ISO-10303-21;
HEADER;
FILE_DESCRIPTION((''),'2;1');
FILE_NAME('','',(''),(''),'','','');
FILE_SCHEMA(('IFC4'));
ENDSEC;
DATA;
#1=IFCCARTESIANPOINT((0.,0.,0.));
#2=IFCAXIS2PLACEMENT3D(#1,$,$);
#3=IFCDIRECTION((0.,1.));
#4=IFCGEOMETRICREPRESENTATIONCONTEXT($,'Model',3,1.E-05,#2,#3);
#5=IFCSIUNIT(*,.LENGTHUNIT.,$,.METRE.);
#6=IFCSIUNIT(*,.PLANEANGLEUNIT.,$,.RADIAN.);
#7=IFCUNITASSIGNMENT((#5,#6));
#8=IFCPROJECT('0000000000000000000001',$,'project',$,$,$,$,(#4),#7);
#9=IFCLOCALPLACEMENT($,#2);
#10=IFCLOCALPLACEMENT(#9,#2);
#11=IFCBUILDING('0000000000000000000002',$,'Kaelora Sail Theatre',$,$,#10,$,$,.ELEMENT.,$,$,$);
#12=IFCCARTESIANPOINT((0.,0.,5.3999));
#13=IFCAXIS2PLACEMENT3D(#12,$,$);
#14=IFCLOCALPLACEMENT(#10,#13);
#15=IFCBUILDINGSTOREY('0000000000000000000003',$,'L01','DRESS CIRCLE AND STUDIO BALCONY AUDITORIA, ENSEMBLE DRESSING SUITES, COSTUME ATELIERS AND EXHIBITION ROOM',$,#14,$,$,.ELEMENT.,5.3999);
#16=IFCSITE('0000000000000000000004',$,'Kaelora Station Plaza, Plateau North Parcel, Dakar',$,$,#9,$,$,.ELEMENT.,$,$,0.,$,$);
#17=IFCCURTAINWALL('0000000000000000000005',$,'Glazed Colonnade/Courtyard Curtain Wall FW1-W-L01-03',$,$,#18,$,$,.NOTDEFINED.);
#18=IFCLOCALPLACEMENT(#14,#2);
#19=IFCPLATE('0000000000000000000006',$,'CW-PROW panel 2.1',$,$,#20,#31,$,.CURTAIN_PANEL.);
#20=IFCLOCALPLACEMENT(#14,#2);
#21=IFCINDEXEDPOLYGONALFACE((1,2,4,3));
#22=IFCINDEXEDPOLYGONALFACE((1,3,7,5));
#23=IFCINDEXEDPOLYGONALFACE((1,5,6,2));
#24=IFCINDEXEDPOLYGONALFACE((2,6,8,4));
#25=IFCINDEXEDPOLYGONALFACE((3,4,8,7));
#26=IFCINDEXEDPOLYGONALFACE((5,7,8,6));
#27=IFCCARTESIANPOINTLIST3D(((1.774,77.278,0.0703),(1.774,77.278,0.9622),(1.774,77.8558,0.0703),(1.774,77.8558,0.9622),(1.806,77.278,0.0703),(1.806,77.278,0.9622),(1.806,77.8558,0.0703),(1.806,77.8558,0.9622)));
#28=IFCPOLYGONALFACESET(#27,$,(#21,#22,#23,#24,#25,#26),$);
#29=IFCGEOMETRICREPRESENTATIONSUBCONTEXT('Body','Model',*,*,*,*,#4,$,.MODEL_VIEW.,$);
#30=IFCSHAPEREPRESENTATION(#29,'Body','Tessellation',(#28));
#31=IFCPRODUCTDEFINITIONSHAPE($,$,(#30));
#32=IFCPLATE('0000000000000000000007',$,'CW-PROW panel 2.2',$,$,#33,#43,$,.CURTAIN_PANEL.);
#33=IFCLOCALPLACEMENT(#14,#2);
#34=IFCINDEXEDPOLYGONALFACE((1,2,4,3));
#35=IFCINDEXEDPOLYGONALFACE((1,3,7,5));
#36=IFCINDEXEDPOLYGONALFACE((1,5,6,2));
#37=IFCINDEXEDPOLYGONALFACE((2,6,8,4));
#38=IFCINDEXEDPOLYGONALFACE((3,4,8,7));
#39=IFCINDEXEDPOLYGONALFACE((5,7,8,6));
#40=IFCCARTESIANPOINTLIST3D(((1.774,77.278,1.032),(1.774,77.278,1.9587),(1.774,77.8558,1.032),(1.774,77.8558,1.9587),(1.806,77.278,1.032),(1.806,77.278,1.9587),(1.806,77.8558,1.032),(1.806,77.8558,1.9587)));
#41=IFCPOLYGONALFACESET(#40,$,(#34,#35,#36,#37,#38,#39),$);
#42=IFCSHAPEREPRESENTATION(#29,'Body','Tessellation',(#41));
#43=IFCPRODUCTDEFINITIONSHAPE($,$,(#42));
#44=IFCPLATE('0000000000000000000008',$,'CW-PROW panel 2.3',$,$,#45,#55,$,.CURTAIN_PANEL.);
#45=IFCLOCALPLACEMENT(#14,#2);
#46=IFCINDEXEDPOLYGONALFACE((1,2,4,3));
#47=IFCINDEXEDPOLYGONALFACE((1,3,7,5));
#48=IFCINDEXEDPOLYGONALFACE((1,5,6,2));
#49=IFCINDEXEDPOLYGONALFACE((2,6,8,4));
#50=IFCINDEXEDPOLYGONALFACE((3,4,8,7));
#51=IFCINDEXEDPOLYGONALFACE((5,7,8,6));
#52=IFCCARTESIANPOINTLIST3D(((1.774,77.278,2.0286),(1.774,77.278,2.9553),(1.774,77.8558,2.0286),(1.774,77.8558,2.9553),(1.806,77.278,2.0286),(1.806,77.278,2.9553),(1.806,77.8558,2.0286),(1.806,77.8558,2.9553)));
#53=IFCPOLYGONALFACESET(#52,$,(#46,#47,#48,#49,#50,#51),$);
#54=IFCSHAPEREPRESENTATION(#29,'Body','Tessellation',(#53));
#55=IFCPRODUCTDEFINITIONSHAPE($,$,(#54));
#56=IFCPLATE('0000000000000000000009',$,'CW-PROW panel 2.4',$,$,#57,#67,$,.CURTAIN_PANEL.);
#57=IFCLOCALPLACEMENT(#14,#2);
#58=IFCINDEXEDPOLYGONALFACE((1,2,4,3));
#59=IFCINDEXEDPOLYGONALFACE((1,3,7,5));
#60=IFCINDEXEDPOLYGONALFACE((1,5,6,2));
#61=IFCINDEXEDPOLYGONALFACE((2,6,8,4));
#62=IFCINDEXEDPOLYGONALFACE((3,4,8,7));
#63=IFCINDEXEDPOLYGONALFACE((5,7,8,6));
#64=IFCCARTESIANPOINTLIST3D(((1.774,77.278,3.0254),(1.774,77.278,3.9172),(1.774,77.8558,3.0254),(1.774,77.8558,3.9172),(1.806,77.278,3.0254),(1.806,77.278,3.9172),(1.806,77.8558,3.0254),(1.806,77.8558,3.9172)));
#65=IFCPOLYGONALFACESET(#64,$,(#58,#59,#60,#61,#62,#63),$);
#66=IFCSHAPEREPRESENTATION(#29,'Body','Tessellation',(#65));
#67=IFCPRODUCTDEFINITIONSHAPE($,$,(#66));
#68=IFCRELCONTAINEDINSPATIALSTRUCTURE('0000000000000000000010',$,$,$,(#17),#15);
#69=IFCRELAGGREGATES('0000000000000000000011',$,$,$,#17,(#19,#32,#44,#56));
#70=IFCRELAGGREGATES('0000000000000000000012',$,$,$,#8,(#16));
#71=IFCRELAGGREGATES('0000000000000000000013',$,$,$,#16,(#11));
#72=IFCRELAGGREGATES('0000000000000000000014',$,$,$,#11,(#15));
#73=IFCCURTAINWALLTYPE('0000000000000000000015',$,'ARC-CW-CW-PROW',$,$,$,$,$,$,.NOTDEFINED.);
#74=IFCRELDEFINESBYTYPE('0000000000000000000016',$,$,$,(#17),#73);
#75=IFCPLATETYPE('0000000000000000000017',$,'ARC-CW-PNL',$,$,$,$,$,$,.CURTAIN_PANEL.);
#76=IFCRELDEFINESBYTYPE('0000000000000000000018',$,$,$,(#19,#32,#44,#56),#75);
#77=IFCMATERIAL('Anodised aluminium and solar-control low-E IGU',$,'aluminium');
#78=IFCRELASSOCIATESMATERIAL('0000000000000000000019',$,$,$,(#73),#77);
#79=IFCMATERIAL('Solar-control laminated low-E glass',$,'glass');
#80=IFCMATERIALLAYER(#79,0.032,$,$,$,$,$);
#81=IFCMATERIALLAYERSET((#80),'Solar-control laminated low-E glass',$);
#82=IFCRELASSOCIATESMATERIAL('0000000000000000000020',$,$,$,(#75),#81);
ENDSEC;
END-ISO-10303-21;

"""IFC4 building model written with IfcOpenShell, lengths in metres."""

from ifc_helpers import new_model, si_unit, direction, frame, origin, origin_2d, place, context, subcontext, project, spatial, rectangle, extrude, material, layer, layer_set, type_object, element, aggregate, save


model = new_model("IFC4")

# Units and contexts
model_context = context("Model", 3, precision=1e-05, world=origin(), true_north=direction((0.0, 1.0)))
body_context = subcontext(model_context, "Body", "Model", "MODEL_VIEW")
ifc_project = project(units=[si_unit("LENGTHUNIT", "METRE"), si_unit("PLANEANGLEUNIT", "RADIAN")], contexts=[model_context])

# Site, building, storey
site_placement = place(None, origin())
site = spatial("IfcSite", under=ifc_project, at=site_placement, Name="Kaelora Station Plaza, Plateau North Parcel, Dakar", CompositionType="ELEMENT", RefElevation=0.0)
building_placement = place(site_placement, origin())
building = spatial("IfcBuilding", under=site, at=building_placement, Name="Kaelora Sail Theatre", CompositionType="ELEMENT")
storey_placement = place(building_placement, frame((0.0, 0.0, 5.3999)))
storey = spatial("IfcBuildingStorey", under=building, at=storey_placement, Name="L01", Description="DRESS CIRCLE AND STUDIO BALCONY AUDITORIA, ENSEMBLE DRESSING SUITES, COSTUME ATELIERS AND EXHIBITION ROOM", CompositionType="ELEMENT", Elevation=5.3999)

# Shared definitions
ifc_material_1 = material(Name="Anodised aluminium and solar-control low-E IGU", Category="aluminium")
curtain_wall_type = type_object("IfcCurtainWallType", Name="ARC-CW-CW-PROW", PredefinedType="NOTDEFINED", material=ifc_material_1)

# Curtain wall
curtain_wall_1_placement = place(storey_placement, origin())
curtain_wall_1 = element("IfcCurtainWall", 1, at=curtain_wall_1_placement, inside=storey, type_object=curtain_wall_type, Name="Glazed Colonnade/Courtyard Curtain Wall FW1-W-L01-03", PredefinedType="NOTDEFINED")

# Plates
ifc_material_2 = material(Name="Solar-control laminated low-E glass", Category="glass")
ifc_layer = layer(ifc_material_2, 0.032)
ifc_layer_set = layer_set([ifc_layer], Name="Solar-control laminated low-E glass")
plate_type = type_object("IfcPlateType", Name="ARC-CW-PNL", PredefinedType="CURTAIN_PANEL", material=ifc_layer_set)
plate_1_placement = place(storey_placement, frame((1.79, 77.5669, 0.0703), z_axis=(0.0, 0.0, 1.0), x_axis=(0.0, 1.0, 0.0)))
plate_1 = element("IfcPlate", 2, at=plate_1_placement, type_object=plate_type, Name="CW-PROW panel 2.1", PredefinedType="CURTAIN_PANEL", context=body_context, shape_type="SweptSolid", body=[
    extrude(rectangle(XDim=0.5779, YDim=0.032, at=origin_2d()), origin(), (0.0, 0.0, 1.0), 0.8918),
])
plate_2_placement = place(storey_placement, frame((1.79, 77.5669, 1.032), z_axis=(0.0, 0.0, 1.0), x_axis=(0.0, 1.0, 0.0)))
plate_2 = element("IfcPlate", 3, at=plate_2_placement, type_object=plate_type, Name="CW-PROW panel 2.2", PredefinedType="CURTAIN_PANEL", context=body_context, shape_type="SweptSolid", body=[
    extrude(rectangle(XDim=0.5779, YDim=0.032, at=origin_2d()), origin(), (0.0, 0.0, 1.0), 0.9268),
])
plate_3_placement = place(storey_placement, frame((1.79, 77.5669, 2.0286), z_axis=(0.0, 0.0, 1.0), x_axis=(0.0, 1.0, 0.0)))
plate_3 = element("IfcPlate", 4, at=plate_3_placement, type_object=plate_type, Name="CW-PROW panel 2.3", PredefinedType="CURTAIN_PANEL", context=body_context, shape_type="SweptSolid", body=[
    extrude(rectangle(XDim=0.5779, YDim=0.032, at=origin_2d()), origin(), (0.0, 0.0, 1.0), 0.9268),
])
plate_4_placement = place(storey_placement, frame((1.79, 77.5669, 3.0254), z_axis=(0.0, 0.0, 1.0), x_axis=(0.0, 1.0, 0.0)))
plate_4 = element("IfcPlate", 5, at=plate_4_placement, type_object=plate_type, Name="CW-PROW panel 2.4", PredefinedType="CURTAIN_PANEL", context=body_context, shape_type="SweptSolid", body=[
    extrude(rectangle(XDim=0.5779, YDim=0.032, at=origin_2d()), origin(), (0.0, 0.0, 1.0), 0.8918),
])
aggregate(curtain_wall_1, [plate_1, plate_2, plate_3, plate_4])

save(model, "model.ifc")
